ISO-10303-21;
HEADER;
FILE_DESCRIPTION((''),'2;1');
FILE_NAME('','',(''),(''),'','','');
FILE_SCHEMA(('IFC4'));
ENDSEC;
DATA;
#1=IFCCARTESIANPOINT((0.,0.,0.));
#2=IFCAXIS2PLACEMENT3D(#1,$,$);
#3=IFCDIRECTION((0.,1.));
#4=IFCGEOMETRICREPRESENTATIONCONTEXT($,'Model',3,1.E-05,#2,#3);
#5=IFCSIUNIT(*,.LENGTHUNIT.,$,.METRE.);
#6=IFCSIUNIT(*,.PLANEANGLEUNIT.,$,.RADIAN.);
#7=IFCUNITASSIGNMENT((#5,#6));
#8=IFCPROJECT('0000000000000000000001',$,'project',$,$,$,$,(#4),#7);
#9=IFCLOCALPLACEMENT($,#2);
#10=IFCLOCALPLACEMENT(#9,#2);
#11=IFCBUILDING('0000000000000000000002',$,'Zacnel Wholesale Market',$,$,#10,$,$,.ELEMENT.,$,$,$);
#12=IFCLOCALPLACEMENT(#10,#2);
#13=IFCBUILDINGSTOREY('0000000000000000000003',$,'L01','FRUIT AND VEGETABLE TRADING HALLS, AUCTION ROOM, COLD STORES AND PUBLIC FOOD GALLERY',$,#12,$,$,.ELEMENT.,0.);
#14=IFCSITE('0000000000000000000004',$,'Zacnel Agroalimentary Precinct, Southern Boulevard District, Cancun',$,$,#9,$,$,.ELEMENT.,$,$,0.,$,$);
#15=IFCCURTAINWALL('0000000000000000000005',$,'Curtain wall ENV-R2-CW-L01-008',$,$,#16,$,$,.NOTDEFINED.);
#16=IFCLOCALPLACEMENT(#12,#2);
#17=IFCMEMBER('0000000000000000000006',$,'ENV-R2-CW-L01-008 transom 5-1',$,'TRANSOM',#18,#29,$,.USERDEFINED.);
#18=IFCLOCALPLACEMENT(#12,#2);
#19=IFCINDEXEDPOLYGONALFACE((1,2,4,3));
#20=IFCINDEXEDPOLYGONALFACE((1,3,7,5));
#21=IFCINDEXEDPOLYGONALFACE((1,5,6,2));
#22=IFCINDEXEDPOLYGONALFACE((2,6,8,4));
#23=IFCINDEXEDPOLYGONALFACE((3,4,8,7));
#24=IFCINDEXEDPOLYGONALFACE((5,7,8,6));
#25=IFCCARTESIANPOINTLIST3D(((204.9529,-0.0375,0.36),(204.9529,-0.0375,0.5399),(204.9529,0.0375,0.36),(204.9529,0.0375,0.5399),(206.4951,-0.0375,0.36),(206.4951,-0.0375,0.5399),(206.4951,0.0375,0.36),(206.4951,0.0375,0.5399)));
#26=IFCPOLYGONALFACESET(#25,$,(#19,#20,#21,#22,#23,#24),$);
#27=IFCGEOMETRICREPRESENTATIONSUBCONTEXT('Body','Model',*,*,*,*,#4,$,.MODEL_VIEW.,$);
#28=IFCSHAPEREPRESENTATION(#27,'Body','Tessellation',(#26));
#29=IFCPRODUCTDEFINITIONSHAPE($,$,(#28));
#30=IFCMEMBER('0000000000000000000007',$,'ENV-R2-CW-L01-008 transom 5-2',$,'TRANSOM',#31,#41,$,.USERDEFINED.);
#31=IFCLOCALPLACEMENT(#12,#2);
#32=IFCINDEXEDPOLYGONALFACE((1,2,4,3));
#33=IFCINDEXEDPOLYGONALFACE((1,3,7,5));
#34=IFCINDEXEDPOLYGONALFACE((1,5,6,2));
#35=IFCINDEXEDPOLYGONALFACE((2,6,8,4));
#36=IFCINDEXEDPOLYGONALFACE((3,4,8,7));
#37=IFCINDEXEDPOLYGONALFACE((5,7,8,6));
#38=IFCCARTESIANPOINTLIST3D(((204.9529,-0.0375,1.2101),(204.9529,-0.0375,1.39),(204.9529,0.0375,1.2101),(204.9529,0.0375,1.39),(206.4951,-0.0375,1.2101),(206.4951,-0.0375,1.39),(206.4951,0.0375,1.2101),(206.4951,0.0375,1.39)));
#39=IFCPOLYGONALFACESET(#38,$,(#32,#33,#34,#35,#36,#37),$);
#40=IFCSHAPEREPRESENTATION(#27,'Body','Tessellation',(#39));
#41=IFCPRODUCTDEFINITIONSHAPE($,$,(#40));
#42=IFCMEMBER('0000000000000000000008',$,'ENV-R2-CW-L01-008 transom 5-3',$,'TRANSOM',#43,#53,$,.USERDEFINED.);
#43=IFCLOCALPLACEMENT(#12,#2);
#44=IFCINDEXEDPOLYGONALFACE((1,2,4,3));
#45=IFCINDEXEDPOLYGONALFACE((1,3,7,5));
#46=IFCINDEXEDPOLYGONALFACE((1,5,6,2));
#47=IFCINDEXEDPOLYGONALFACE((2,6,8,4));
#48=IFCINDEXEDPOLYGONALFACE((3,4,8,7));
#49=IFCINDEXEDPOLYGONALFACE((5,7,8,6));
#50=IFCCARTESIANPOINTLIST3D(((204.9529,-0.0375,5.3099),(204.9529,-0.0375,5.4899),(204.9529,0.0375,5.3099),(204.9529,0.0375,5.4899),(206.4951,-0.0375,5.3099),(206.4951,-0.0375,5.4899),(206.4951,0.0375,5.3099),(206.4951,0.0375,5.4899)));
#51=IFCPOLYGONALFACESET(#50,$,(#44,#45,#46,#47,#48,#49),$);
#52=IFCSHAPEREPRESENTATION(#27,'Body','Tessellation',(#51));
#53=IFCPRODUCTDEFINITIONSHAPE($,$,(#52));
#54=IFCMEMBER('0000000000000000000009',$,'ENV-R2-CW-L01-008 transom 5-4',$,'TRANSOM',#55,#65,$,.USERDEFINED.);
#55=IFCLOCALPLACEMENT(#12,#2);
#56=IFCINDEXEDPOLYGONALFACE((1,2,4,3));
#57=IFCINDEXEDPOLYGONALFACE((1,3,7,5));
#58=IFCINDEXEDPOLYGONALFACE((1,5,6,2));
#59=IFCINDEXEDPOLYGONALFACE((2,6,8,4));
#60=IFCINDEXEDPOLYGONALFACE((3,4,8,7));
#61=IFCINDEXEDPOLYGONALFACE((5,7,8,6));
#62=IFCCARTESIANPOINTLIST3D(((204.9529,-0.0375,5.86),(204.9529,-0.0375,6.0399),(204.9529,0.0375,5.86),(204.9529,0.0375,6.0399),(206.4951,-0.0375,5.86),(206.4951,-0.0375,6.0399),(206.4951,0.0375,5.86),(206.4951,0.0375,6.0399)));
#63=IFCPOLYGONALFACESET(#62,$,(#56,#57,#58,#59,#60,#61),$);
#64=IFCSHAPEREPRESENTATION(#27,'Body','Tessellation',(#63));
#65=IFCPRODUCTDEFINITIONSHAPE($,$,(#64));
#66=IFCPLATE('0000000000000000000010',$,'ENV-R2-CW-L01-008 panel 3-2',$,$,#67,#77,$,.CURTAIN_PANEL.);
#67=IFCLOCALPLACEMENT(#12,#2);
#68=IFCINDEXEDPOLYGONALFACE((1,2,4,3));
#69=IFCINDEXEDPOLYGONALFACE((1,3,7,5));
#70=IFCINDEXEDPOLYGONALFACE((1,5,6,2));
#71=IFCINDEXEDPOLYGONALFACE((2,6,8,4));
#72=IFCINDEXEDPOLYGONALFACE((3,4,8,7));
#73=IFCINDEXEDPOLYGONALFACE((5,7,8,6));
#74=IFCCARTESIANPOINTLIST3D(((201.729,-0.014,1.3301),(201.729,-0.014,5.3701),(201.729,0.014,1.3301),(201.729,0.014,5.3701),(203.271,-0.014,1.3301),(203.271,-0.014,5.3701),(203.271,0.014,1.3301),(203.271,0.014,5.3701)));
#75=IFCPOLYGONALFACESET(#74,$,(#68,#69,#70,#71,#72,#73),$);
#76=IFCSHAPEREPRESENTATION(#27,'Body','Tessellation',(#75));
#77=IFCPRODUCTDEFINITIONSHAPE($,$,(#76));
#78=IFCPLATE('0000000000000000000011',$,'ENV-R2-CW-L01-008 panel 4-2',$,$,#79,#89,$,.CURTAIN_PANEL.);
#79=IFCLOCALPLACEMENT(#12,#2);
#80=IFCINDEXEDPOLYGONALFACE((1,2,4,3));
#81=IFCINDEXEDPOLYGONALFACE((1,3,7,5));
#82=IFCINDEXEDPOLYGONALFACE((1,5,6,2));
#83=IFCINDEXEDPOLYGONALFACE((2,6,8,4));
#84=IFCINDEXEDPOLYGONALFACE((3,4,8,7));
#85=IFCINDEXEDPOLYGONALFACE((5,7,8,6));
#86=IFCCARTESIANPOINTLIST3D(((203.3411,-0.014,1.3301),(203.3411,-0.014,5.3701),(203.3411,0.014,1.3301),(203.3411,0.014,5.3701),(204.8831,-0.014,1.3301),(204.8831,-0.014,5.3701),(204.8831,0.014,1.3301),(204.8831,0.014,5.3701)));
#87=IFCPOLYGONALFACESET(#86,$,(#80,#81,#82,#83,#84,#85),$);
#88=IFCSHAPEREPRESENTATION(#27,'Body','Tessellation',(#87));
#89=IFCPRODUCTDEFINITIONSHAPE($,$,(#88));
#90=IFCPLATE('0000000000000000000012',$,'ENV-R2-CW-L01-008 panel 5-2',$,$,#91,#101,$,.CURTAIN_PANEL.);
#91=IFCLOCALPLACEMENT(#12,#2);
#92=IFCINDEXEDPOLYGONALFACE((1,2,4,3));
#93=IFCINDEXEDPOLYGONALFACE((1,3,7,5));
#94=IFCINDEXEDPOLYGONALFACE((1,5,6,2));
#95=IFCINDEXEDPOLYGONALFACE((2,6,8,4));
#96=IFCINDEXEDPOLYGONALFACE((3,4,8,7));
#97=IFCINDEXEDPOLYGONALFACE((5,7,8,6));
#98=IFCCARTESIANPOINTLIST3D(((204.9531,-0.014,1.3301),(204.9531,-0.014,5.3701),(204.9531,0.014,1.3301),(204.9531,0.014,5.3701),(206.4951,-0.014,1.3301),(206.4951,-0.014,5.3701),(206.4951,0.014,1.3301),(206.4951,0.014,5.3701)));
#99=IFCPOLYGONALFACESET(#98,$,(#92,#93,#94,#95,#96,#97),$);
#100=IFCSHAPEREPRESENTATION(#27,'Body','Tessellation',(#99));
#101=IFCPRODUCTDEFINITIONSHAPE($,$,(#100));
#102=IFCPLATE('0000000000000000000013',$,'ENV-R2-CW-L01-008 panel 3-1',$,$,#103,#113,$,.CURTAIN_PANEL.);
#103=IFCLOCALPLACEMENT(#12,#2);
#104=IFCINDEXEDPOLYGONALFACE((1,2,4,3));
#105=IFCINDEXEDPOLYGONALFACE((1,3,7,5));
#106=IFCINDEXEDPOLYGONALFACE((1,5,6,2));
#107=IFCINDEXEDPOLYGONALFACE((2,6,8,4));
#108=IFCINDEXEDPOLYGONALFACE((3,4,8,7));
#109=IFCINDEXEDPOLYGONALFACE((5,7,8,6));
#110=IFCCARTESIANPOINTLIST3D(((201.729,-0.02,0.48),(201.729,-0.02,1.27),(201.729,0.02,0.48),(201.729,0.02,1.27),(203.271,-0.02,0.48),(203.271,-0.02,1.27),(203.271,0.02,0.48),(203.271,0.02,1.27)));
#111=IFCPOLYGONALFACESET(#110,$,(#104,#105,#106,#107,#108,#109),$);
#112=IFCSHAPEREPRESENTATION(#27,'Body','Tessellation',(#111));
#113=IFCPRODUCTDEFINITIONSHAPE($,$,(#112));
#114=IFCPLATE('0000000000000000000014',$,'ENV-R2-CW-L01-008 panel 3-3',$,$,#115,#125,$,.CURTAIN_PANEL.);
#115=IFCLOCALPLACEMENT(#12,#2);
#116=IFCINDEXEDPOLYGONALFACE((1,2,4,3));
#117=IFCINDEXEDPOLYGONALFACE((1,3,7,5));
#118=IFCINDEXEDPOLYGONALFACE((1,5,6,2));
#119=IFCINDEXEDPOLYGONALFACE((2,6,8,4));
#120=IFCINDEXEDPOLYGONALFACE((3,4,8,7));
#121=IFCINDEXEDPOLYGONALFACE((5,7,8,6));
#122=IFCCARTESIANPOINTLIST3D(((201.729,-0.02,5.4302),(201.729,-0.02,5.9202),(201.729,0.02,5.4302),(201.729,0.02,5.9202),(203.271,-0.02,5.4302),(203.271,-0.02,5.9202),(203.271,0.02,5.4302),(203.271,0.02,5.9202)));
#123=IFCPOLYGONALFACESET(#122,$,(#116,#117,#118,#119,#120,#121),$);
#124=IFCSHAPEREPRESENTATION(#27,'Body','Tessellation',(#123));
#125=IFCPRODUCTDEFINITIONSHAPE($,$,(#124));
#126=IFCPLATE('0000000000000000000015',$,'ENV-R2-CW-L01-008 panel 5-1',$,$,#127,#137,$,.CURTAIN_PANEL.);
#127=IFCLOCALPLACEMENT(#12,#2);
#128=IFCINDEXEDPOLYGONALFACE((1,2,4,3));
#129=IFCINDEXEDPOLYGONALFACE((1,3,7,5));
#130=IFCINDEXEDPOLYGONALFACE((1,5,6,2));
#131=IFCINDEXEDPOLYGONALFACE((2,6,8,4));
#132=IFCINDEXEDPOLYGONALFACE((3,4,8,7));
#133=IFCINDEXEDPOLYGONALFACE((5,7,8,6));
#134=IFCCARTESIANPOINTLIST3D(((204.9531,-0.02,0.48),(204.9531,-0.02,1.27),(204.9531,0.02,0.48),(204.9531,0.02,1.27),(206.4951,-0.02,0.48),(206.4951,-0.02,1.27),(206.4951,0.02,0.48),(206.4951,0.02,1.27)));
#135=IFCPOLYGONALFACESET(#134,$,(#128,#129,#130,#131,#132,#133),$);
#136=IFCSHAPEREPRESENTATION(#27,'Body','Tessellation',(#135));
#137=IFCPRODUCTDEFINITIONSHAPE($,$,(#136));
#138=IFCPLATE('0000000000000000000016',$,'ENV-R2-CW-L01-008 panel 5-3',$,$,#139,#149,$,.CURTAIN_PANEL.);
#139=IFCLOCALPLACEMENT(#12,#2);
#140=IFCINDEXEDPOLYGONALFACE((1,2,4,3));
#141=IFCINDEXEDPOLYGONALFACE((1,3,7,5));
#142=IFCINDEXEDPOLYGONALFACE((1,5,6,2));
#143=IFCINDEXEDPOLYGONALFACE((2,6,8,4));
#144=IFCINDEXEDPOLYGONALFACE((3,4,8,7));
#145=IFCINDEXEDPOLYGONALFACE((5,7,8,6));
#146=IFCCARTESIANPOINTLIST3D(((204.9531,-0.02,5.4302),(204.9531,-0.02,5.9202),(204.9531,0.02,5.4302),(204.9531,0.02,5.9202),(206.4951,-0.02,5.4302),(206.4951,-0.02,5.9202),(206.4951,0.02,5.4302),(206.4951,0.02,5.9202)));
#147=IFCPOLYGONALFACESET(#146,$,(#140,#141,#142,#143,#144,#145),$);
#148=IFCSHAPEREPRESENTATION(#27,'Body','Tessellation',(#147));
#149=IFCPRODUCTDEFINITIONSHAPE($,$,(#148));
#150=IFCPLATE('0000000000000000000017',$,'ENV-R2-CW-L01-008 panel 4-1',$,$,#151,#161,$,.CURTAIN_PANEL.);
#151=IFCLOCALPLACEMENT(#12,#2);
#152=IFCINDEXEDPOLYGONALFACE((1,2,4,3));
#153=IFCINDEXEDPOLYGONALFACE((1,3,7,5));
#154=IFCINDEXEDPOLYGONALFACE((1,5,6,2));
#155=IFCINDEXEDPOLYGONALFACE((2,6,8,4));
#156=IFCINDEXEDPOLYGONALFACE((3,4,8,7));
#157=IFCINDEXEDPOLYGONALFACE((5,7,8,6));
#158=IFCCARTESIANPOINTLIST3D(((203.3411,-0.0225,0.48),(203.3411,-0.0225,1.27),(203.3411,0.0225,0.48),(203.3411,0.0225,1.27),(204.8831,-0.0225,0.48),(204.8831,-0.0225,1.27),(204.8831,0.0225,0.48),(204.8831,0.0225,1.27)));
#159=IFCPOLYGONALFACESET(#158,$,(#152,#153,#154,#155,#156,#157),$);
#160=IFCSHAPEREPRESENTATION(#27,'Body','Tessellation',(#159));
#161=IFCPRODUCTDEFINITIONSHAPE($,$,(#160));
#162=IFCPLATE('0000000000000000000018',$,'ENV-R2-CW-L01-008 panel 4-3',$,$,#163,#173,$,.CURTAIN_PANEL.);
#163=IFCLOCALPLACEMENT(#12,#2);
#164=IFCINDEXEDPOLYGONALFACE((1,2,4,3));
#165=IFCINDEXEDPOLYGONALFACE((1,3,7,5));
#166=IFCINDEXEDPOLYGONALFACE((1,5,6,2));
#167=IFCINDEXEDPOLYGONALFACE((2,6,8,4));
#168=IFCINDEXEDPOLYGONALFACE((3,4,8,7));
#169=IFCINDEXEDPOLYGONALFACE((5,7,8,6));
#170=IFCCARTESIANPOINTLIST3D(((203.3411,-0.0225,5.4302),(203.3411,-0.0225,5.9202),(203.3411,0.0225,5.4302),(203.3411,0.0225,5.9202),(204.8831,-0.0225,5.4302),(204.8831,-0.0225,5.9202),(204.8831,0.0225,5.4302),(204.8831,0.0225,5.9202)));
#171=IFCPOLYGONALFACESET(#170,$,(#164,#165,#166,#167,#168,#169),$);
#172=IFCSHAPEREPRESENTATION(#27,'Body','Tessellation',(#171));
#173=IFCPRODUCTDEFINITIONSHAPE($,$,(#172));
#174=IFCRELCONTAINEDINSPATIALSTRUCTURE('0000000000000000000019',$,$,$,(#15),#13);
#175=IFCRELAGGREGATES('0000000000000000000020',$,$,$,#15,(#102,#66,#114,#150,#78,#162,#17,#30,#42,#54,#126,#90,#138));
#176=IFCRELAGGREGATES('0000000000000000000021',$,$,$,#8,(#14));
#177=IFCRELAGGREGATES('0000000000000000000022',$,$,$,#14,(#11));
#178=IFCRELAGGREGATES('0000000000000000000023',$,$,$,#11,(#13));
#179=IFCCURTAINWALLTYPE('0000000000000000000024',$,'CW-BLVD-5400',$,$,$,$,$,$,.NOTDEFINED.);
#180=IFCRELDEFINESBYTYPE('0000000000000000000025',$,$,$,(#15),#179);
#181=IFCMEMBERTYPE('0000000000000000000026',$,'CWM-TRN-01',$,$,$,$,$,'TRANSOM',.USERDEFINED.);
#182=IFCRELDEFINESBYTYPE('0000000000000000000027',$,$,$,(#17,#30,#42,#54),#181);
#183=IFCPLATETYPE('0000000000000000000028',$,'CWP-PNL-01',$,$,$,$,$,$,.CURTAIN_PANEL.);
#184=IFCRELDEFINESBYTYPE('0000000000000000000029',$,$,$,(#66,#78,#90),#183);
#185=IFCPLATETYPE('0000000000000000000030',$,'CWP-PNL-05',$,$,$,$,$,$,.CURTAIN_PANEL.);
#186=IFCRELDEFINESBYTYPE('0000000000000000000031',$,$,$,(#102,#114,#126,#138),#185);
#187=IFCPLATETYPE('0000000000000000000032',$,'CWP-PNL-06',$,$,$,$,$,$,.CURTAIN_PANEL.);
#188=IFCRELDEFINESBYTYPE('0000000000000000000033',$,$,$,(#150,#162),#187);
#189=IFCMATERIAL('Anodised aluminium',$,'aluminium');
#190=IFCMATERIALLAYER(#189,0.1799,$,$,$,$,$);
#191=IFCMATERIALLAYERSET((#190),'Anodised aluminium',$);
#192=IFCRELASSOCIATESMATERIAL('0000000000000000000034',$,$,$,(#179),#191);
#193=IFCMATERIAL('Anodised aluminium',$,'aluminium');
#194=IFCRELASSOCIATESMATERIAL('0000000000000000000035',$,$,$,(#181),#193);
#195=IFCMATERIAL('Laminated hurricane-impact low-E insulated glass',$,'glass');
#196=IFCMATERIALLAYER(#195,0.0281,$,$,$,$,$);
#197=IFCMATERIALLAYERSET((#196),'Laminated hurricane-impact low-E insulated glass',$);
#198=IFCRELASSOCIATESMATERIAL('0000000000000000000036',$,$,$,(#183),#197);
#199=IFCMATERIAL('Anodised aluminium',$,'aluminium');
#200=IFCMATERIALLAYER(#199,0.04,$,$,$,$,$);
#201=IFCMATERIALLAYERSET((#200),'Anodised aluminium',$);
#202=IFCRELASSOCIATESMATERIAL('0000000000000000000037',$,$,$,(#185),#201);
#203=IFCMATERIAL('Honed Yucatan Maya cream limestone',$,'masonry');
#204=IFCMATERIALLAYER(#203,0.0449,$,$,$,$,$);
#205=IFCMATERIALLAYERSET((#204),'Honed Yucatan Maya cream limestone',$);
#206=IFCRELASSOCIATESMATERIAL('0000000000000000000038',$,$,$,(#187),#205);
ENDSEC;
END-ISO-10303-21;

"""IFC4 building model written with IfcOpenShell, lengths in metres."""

from ifc_helpers import new_model, si_unit, direction, frame, origin, origin_2d, place, context, subcontext, project, spatial, rectangle, extrude, material, layer, layer_set, material_profile, profile_set, type_object, element, aggregate, save


model = new_model("IFC4")

# Units and contexts
model_context = context("Model", 3, precision=1e-05, world=origin(), true_north=direction((0.0, 1.0)))
body_context = subcontext(model_context, "Body", "Model", "MODEL_VIEW")
ifc_project = project(units=[si_unit("LENGTHUNIT", "METRE"), si_unit("PLANEANGLEUNIT", "RADIAN")], contexts=[model_context])

# Site, building, storey
site_placement = place(None, origin())
site = spatial("IfcSite", under=ifc_project, at=site_placement, Name="Zacnel Agroalimentary Precinct, Southern Boulevard District, Cancun", CompositionType="ELEMENT", RefElevation=0.0)
building_placement = place(site_placement, origin())
building = spatial("IfcBuilding", under=site, at=building_placement, Name="Zacnel Wholesale Market", CompositionType="ELEMENT")
storey_placement = place(building_placement, origin())
storey = spatial("IfcBuildingStorey", under=building, at=storey_placement, Name="L01", Description="FRUIT AND VEGETABLE TRADING HALLS, AUCTION ROOM, COLD STORES AND PUBLIC FOOD GALLERY", CompositionType="ELEMENT", Elevation=0.0)

# Curtain wall, members, plates
ifc_material_1 = material(Name="Anodised aluminium", Category="aluminium")
ifc_layer_1 = layer(ifc_material_1, 0.1799)
ifc_layer_set_1 = layer_set([ifc_layer_1], Name="Anodised aluminium")
curtain_wall_type = type_object("IfcCurtainWallType", Name="CW-BLVD-5400", PredefinedType="NOTDEFINED", material=ifc_layer_set_1)
curtain_wall_placement = place(storey_placement, origin())
curtain_wall = element("IfcCurtainWall", 1, at=curtain_wall_placement, inside=storey, type_object=curtain_wall_type, Name="Curtain wall ENV-R2-CW-L01-008", PredefinedType="NOTDEFINED")
ifc_material_2 = material(Name="Anodised aluminium", Category="aluminium")
ifc_material_profile_1 = material_profile(ifc_material_2, rectangle(XDim=0.075, YDim=0.1799, at=origin_2d()), Name="AW-TRANSOM 75x180")
ifc_profile_set_1 = profile_set([ifc_material_profile_1], Name="Anodised aluminium")
member_type_1 = type_object("IfcMemberType", Name="CWM-TRN-01", ElementType="TRANSOM", PredefinedType="USERDEFINED", material=ifc_profile_set_1)
member_1_placement = place(storey_placement, frame((204.9529, 0.0, 0.45), z_axis=(1.0, 0.0, 0.0), x_axis=(0.0, 1.0, 0.0)))
member_1 = element("IfcMember", 2, at=member_1_placement, type_object=member_type_1, Name="ENV-R2-CW-L01-008 transom 5-1", ObjectType="TRANSOM", PredefinedType="USERDEFINED", context=body_context, shape_type="SweptSolid", body=[
    extrude(rectangle(XDim=0.075, YDim=0.1799, at=origin_2d()), origin(), (0.0, 0.0, 1.0), 1.5422),
])
member_2_placement = place(storey_placement, frame((204.9529, 0.0, 1.3), z_axis=(1.0, 0.0, 0.0), x_axis=(0.0, 1.0, 0.0)))
member_2 = element("IfcMember", 3, at=member_2_placement, type_object=member_type_1, Name="ENV-R2-CW-L01-008 transom 5-2", ObjectType="TRANSOM", PredefinedType="USERDEFINED", context=body_context, shape_type="SweptSolid", body=[
    extrude(rectangle(XDim=0.075, YDim=0.1799, at=origin_2d()), origin(), (0.0, 0.0, 1.0), 1.5422),
])
member_3_placement = place(storey_placement, frame((204.9529, 0.0, 5.3999), z_axis=(1.0, 0.0, 0.0), x_axis=(0.0, 1.0, 0.0)))
member_3 = element("IfcMember", 4, at=member_3_placement, type_object=member_type_1, Name="ENV-R2-CW-L01-008 transom 5-3", ObjectType="TRANSOM", PredefinedType="USERDEFINED", context=body_context, shape_type="SweptSolid", body=[
    extrude(rectangle(XDim=0.075, YDim=0.1799, at=origin_2d()), origin(), (0.0, 0.0, 1.0), 1.5422),
])
member_4_placement = place(storey_placement, frame((204.9529, 0.0, 5.95), z_axis=(1.0, 0.0, 0.0), x_axis=(0.0, 1.0, 0.0)))
member_4 = element("IfcMember", 5, at=member_4_placement, type_object=member_type_1, Name="ENV-R2-CW-L01-008 transom 5-4", ObjectType="TRANSOM", PredefinedType="USERDEFINED", context=body_context, shape_type="SweptSolid", body=[
    extrude(rectangle(XDim=0.075, YDim=0.1799, at=origin_2d()), origin(), (0.0, 0.0, 1.0), 1.5422),
])
ifc_material_3 = material(Name="Laminated hurricane-impact low-E insulated glass", Category="glass")
ifc_layer_2 = layer(ifc_material_3, 0.0281)
ifc_layer_set_2 = layer_set([ifc_layer_2], Name="Laminated hurricane-impact low-E insulated glass")
plate_type_1 = type_object("IfcPlateType", Name="CWP-PNL-01", PredefinedType="CURTAIN_PANEL", material=ifc_layer_set_2)
plate_1_placement = place(storey_placement, frame((202.5, 0.0, 1.3301), z_axis=(0.0, 0.0, 1.0), x_axis=(1.0, 0.0, 0.0)))
plate_1 = element("IfcPlate", 6, at=plate_1_placement, type_object=plate_type_1, Name="ENV-R2-CW-L01-008 panel 3-2", PredefinedType="CURTAIN_PANEL", context=body_context, shape_type="SweptSolid", body=[
    extrude(rectangle(XDim=1.542, YDim=0.0281, at=origin_2d()), origin(), (0.0, 0.0, 1.0), 4.04),
])
plate_2_placement = place(storey_placement, frame((204.1121, 0.0, 1.3301), z_axis=(0.0, 0.0, 1.0), x_axis=(1.0, 0.0, 0.0)))
plate_2 = element("IfcPlate", 7, at=plate_2_placement, type_object=plate_type_1, Name="ENV-R2-CW-L01-008 panel 4-2", PredefinedType="CURTAIN_PANEL", context=body_context, shape_type="SweptSolid", body=[
    extrude(rectangle(XDim=1.542, YDim=0.0281, at=origin_2d()), origin(), (0.0, 0.0, 1.0), 4.04),
])
plate_3_placement = place(storey_placement, frame((205.7241, 0.0, 1.3301), z_axis=(0.0, 0.0, 1.0), x_axis=(1.0, 0.0, 0.0)))
plate_3 = element("IfcPlate", 8, at=plate_3_placement, type_object=plate_type_1, Name="ENV-R2-CW-L01-008 panel 5-2", PredefinedType="CURTAIN_PANEL", context=body_context, shape_type="SweptSolid", body=[
    extrude(rectangle(XDim=1.542, YDim=0.0281, at=origin_2d()), origin(), (0.0, 0.0, 1.0), 4.04),
])
ifc_material_4 = material(Name="Anodised aluminium", Category="aluminium")
ifc_layer_3 = layer(ifc_material_4, 0.04)
ifc_layer_set_3 = layer_set([ifc_layer_3], Name="Anodised aluminium")
plate_type_2 = type_object("IfcPlateType", Name="CWP-PNL-05", PredefinedType="CURTAIN_PANEL", material=ifc_layer_set_3)
plate_4_placement = place(storey_placement, frame((202.5, 0.0, 0.48), z_axis=(0.0, 0.0, 1.0), x_axis=(1.0, 0.0, 0.0)))
plate_4 = element("IfcPlate", 9, at=plate_4_placement, type_object=plate_type_2, Name="ENV-R2-CW-L01-008 panel 3-1", PredefinedType="CURTAIN_PANEL", context=body_context, shape_type="SweptSolid", body=[
    extrude(rectangle(XDim=1.542, YDim=0.04, at=origin_2d()), origin(), (0.0, 0.0, 1.0), 0.79),
])
plate_5_placement = place(storey_placement, frame((202.5, 0.0, 5.4302), z_axis=(0.0, 0.0, 1.0), x_axis=(1.0, 0.0, 0.0)))
plate_5 = element("IfcPlate", 10, at=plate_5_placement, type_object=plate_type_2, Name="ENV-R2-CW-L01-008 panel 3-3", PredefinedType="CURTAIN_PANEL", context=body_context, shape_type="SweptSolid", body=[
    extrude(rectangle(XDim=1.542, YDim=0.04, at=origin_2d()), origin(), (0.0, 0.0, 1.0), 0.49),
])
plate_6_placement = place(storey_placement, frame((205.7241, 0.0, 0.48), z_axis=(0.0, 0.0, 1.0), x_axis=(1.0, 0.0, 0.0)))
plate_6 = element("IfcPlate", 11, at=plate_6_placement, type_object=plate_type_2, Name="ENV-R2-CW-L01-008 panel 5-1", PredefinedType="CURTAIN_PANEL", context=body_context, shape_type="SweptSolid", body=[
    extrude(rectangle(XDim=1.542, YDim=0.04, at=origin_2d()), origin(), (0.0, 0.0, 1.0), 0.79),
])
plate_7_placement = place(storey_placement, frame((205.7241, 0.0, 5.4302), z_axis=(0.0, 0.0, 1.0), x_axis=(1.0, 0.0, 0.0)))
plate_7 = element("IfcPlate", 12, at=plate_7_placement, type_object=plate_type_2, Name="ENV-R2-CW-L01-008 panel 5-3", PredefinedType="CURTAIN_PANEL", context=body_context, shape_type="SweptSolid", body=[
    extrude(rectangle(XDim=1.542, YDim=0.04, at=origin_2d()), origin(), (0.0, 0.0, 1.0), 0.49),
])
ifc_material_5 = material(Name="Honed Yucatan Maya cream limestone", Category="masonry")
ifc_layer_4 = layer(ifc_material_5, 0.0449)
ifc_layer_set_4 = layer_set([ifc_layer_4], Name="Honed Yucatan Maya cream limestone")
plate_type_3 = type_object("IfcPlateType", Name="CWP-PNL-06", PredefinedType="CURTAIN_PANEL", material=ifc_layer_set_4)
plate_8_placement = place(storey_placement, frame((204.1121, 0.0, 0.48), z_axis=(0.0, 0.0, 1.0), x_axis=(1.0, 0.0, 0.0)))
plate_8 = element("IfcPlate", 13, at=plate_8_placement, type_object=plate_type_3, Name="ENV-R2-CW-L01-008 panel 4-1", PredefinedType="CURTAIN_PANEL", context=body_context, shape_type="SweptSolid", body=[
    extrude(rectangle(XDim=1.542, YDim=0.0449, at=origin_2d()), origin(), (0.0, 0.0, 1.0), 0.79),
])
plate_9_placement = place(storey_placement, frame((204.1121, 0.0, 5.4302), z_axis=(0.0, 0.0, 1.0), x_axis=(1.0, 0.0, 0.0)))
plate_9 = element("IfcPlate", 14, at=plate_9_placement, type_object=plate_type_3, Name="ENV-R2-CW-L01-008 panel 4-3", PredefinedType="CURTAIN_PANEL", context=body_context, shape_type="SweptSolid", body=[
    extrude(rectangle(XDim=1.542, YDim=0.0449, at=origin_2d()), origin(), (0.0, 0.0, 1.0), 0.49),
])
aggregate(curtain_wall, [plate_4, plate_1, plate_5, plate_8, plate_2, plate_9, member_1, member_2, member_3, member_4, plate_6, plate_3, plate_7])

save(model, "model.ifc")
